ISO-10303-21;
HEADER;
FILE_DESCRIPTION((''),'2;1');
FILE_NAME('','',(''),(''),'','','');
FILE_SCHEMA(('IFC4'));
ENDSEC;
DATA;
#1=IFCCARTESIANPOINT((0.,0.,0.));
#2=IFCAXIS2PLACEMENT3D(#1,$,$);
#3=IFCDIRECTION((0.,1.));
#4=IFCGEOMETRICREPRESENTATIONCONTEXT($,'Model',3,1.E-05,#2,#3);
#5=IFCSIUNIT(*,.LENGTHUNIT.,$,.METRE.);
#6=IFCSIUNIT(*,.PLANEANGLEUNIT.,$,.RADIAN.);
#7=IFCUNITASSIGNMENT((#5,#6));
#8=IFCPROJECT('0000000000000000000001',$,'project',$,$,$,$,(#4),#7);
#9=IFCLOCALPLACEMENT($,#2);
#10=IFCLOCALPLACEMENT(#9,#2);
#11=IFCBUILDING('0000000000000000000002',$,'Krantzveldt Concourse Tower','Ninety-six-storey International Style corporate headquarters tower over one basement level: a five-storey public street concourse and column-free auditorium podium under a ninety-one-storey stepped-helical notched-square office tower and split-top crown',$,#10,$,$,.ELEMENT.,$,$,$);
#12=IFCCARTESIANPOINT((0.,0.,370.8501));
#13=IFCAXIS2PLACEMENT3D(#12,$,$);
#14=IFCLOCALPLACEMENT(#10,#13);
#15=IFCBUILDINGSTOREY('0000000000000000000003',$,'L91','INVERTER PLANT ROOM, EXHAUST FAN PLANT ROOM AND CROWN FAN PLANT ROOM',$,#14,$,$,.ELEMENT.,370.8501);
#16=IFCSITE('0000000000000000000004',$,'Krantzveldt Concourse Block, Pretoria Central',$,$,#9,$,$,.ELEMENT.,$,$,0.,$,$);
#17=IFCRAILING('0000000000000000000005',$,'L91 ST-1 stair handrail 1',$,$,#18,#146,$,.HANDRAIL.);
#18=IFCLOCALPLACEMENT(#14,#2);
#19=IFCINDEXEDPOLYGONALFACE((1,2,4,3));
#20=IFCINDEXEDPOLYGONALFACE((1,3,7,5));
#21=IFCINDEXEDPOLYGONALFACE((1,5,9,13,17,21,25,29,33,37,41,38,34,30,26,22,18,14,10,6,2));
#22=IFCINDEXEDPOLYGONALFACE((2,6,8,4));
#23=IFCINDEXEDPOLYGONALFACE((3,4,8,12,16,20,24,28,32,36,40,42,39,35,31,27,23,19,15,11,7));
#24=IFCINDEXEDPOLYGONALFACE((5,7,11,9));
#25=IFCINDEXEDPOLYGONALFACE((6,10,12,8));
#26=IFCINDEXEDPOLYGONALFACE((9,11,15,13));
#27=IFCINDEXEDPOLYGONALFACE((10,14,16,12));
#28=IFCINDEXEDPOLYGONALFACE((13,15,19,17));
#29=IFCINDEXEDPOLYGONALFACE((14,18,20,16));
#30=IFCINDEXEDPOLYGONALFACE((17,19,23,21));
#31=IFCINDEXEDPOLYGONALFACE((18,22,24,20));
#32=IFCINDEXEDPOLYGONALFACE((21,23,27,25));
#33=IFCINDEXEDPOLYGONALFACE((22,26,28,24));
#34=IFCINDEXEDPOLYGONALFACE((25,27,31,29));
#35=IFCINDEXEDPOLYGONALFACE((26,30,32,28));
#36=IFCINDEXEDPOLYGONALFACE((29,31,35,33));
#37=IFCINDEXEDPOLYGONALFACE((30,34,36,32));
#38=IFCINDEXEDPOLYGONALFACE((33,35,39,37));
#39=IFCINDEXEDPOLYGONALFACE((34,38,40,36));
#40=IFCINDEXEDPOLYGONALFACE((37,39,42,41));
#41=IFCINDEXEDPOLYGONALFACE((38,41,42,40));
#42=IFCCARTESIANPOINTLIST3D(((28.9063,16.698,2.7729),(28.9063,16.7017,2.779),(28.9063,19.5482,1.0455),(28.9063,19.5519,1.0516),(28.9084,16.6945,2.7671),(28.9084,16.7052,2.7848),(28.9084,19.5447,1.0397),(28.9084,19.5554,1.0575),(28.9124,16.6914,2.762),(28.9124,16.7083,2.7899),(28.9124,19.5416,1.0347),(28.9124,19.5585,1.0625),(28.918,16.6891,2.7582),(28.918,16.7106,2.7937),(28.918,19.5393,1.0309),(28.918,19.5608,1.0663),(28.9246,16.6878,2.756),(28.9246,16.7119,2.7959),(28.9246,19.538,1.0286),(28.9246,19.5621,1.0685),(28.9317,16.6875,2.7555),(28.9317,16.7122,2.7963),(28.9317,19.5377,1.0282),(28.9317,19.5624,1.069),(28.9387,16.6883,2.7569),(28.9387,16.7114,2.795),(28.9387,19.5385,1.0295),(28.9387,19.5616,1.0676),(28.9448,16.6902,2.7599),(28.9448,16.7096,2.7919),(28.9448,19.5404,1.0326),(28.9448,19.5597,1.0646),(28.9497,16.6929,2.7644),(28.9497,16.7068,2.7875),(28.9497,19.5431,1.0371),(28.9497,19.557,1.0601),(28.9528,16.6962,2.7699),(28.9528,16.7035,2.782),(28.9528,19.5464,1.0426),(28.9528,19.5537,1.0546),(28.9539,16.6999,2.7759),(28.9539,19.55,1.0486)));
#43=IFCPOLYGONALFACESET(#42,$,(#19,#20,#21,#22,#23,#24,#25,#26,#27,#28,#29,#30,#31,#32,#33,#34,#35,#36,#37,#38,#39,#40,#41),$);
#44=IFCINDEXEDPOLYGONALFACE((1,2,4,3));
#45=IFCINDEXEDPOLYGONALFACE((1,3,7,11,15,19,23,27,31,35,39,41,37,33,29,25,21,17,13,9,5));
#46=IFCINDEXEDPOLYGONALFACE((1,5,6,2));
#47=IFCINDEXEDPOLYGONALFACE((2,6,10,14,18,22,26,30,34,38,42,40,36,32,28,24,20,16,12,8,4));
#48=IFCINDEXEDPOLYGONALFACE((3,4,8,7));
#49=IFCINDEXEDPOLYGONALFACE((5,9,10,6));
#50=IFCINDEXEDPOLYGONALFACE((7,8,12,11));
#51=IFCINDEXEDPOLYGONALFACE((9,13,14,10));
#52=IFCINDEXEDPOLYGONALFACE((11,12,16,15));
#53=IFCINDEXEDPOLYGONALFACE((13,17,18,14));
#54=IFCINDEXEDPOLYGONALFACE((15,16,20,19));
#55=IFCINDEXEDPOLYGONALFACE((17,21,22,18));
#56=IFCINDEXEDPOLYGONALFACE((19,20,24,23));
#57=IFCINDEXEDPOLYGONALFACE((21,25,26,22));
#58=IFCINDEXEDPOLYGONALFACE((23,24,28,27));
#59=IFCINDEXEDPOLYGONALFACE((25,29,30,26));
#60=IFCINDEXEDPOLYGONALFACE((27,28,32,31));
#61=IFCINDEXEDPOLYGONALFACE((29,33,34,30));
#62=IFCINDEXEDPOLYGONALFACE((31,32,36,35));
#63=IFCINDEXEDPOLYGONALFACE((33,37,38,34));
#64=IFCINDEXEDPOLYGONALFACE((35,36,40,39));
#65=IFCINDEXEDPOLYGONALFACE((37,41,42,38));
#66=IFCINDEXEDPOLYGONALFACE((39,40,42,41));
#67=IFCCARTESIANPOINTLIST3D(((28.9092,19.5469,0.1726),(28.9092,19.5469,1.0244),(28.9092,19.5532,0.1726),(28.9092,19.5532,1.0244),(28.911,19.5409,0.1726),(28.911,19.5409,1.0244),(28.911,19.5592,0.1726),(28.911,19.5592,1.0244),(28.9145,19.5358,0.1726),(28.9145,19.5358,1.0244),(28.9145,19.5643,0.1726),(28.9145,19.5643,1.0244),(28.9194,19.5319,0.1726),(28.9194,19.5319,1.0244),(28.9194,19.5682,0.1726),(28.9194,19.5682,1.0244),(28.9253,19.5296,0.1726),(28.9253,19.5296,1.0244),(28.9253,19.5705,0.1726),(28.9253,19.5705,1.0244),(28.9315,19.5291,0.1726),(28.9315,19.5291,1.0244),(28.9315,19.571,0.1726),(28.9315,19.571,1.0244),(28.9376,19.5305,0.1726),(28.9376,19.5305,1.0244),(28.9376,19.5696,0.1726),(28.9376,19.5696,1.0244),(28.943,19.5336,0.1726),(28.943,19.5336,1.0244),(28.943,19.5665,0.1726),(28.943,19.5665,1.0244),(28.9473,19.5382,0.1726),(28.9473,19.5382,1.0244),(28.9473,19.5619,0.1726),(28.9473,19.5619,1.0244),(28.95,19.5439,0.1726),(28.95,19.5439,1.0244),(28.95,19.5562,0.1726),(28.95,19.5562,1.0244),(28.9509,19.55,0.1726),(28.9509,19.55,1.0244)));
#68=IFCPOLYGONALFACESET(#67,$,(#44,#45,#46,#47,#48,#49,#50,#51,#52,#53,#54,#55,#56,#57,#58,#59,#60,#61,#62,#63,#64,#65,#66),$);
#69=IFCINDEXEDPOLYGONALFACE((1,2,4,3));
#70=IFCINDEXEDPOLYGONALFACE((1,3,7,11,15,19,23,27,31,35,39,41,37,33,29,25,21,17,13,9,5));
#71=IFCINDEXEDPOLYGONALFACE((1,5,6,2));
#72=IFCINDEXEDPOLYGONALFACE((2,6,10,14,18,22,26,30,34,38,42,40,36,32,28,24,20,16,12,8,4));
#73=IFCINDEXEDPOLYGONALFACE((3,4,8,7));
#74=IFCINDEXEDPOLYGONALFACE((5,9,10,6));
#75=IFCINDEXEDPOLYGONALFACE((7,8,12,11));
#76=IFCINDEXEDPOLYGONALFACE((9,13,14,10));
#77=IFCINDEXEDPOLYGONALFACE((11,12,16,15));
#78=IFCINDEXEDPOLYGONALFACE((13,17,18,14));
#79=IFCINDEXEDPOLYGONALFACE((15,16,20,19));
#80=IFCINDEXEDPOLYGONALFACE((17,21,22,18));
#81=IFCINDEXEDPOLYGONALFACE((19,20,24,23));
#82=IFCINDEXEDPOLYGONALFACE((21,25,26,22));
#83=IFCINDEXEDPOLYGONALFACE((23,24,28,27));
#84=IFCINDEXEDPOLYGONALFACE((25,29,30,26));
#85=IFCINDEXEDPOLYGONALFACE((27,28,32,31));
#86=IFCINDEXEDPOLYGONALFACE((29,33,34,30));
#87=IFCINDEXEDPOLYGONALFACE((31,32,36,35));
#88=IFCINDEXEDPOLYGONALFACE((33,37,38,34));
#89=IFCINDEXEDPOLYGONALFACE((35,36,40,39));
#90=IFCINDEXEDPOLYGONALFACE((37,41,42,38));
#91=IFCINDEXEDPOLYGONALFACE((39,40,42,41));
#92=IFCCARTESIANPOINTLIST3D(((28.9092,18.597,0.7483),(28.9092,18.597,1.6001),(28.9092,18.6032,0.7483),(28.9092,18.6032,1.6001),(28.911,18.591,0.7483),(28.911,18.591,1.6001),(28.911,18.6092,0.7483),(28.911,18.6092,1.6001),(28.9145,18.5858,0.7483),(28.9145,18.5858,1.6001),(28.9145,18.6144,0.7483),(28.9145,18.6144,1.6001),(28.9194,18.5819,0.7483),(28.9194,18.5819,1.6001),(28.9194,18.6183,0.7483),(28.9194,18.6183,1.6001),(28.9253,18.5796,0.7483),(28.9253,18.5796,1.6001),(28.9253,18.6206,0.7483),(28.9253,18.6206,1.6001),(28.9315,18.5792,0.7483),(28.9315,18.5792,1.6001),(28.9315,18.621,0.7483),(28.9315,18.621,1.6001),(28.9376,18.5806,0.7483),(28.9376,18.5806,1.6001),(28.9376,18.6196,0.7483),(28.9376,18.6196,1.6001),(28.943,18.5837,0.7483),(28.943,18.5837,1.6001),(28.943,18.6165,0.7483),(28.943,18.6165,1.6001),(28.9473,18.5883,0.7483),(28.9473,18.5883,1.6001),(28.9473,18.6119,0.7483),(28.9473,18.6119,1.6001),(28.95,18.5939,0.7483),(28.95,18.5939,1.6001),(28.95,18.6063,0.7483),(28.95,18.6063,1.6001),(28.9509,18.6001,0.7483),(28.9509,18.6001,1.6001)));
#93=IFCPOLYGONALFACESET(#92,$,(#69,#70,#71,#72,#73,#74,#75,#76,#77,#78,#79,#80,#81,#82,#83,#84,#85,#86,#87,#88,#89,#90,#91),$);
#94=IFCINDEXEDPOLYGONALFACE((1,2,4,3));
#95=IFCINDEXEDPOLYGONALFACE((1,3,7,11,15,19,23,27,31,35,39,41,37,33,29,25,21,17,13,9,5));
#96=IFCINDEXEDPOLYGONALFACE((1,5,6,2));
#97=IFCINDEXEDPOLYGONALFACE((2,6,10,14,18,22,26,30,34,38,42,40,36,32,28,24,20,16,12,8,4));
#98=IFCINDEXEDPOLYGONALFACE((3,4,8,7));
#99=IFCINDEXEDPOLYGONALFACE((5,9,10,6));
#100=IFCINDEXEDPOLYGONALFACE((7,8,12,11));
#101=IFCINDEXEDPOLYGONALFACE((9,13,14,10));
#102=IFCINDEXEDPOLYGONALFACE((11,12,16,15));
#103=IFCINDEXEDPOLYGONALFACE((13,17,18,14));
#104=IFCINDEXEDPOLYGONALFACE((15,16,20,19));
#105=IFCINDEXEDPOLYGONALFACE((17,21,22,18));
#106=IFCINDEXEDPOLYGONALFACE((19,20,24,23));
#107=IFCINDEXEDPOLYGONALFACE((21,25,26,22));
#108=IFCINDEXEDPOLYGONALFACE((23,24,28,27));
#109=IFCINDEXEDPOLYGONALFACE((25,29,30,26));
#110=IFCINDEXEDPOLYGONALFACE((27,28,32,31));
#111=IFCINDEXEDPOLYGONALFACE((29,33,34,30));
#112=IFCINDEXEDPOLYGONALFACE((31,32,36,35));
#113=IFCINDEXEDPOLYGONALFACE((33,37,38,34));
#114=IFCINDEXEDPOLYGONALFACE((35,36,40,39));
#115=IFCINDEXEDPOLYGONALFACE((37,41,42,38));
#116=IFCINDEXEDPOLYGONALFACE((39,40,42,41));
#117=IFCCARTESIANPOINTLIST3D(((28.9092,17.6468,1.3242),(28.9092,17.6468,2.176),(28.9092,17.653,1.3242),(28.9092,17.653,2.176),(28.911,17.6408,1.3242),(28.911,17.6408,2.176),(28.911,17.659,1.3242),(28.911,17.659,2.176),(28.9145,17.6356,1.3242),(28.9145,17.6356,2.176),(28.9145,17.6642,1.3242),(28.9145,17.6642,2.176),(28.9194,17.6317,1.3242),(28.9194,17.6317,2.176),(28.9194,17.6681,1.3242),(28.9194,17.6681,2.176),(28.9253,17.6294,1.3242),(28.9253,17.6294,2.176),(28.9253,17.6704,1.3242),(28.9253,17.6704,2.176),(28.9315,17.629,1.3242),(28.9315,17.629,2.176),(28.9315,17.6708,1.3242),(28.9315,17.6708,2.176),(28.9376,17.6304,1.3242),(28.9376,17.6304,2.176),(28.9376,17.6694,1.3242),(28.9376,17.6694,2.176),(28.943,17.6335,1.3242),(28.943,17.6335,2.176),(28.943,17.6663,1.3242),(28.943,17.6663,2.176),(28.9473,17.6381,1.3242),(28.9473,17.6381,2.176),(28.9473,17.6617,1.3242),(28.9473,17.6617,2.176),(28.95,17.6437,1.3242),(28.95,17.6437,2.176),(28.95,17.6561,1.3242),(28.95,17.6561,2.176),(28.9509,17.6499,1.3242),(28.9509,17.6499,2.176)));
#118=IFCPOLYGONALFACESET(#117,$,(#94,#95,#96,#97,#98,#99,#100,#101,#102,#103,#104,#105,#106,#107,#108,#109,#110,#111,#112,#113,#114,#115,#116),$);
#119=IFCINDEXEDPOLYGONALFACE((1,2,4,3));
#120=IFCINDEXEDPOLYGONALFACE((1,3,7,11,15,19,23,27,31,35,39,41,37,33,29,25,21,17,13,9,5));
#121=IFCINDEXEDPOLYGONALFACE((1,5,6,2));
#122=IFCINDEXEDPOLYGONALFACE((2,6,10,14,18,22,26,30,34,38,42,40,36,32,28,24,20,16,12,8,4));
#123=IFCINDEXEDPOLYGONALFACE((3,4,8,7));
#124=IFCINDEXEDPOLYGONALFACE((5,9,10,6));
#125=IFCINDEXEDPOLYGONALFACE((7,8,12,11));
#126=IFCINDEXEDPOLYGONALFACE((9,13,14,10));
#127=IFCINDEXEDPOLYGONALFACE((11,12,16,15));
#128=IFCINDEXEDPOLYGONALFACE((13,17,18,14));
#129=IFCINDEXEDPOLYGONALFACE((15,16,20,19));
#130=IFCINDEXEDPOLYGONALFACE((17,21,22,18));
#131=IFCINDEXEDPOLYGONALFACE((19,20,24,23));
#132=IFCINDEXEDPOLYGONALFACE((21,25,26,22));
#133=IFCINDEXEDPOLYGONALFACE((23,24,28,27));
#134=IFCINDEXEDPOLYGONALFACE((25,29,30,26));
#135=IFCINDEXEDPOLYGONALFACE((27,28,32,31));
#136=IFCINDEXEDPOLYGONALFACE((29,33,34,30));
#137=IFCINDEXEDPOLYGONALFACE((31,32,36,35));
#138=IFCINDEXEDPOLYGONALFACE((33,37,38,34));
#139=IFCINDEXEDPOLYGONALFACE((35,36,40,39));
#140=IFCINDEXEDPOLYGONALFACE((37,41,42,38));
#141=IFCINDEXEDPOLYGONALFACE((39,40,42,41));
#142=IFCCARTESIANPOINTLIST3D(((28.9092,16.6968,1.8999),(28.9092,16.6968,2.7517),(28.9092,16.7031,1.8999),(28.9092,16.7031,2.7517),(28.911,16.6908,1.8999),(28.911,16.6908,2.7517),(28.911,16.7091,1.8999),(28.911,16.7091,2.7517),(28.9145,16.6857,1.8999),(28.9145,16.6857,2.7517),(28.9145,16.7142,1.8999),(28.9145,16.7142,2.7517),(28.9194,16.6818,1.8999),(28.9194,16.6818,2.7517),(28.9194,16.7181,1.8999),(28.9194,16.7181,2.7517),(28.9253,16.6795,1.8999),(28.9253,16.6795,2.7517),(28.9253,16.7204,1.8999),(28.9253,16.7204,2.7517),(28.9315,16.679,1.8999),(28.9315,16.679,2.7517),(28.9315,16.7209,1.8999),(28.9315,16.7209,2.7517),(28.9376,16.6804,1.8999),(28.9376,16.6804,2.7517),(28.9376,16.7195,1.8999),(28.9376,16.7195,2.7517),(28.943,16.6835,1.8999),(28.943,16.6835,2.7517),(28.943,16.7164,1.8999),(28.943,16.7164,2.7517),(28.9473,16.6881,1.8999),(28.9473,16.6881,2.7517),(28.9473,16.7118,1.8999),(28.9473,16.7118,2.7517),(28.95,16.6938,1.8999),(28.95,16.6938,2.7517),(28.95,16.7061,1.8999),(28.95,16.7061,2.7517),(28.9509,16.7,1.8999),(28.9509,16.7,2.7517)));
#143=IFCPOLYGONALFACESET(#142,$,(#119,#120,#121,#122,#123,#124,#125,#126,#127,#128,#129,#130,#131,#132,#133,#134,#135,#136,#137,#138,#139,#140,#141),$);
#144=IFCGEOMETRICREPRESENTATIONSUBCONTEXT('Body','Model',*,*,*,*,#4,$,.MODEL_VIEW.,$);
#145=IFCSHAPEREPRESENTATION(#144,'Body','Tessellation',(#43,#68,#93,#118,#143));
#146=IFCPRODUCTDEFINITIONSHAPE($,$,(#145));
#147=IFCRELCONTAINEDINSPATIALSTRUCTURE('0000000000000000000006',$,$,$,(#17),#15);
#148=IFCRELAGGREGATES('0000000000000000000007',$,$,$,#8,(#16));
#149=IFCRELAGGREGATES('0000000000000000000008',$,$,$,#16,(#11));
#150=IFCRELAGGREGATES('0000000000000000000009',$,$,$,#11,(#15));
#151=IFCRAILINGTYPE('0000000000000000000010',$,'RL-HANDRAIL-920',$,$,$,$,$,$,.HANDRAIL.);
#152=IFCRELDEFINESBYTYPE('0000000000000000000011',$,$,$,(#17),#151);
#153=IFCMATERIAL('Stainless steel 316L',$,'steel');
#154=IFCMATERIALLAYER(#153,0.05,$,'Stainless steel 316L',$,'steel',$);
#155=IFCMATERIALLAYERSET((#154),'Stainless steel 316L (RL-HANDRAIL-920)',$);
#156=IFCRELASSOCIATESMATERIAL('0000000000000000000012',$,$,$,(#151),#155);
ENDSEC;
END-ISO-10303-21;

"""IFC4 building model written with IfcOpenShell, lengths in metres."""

from ifc_helpers import new_model, si_unit, direction, frame, origin, origin_2d, place, context, subcontext, project, spatial, circle, extrude, material, layer, layer_set, type_object, element, save


model = new_model("IFC4")

# Units and contexts
model_context = context("Model", 3, precision=1e-05, world=origin(), true_north=direction((0.0, 1.0)))
body_context = subcontext(model_context, "Body", "Model", "MODEL_VIEW")
ifc_project = project(units=[si_unit("LENGTHUNIT", "METRE"), si_unit("PLANEANGLEUNIT", "RADIAN")], contexts=[model_context])

# Site, building, storey
site_placement = place(None, origin())
site = spatial("IfcSite", under=ifc_project, at=site_placement, Name="Krantzveldt Concourse Block, Pretoria Central", CompositionType="ELEMENT", RefElevation=0.0)
building_placement = place(site_placement, origin())
building = spatial("IfcBuilding", under=site, at=building_placement, Name="Krantzveldt Concourse Tower", Description="Ninety-six-storey International Style corporate headquarters tower over one basement level: a five-storey public street concourse and column-free auditorium podium under a ninety-one-storey stepped-helical notched-square office tower and split-top crown", CompositionType="ELEMENT")
storey_placement = place(building_placement, frame((0.0, 0.0, 370.8501)))
storey = spatial("IfcBuildingStorey", under=building, at=storey_placement, Name="L91", Description="INVERTER PLANT ROOM, EXHAUST FAN PLANT ROOM AND CROWN FAN PLANT ROOM", CompositionType="ELEMENT", Elevation=370.8501)

# Shared definitions
ifc_material_1 = material(Name="Stainless steel 316L", Category="steel")

# Railing
ifc_layer_1 = layer(ifc_material_1, 0.05, Name="Stainless steel 316L", Category="steel")
ifc_layer_set_1 = layer_set([ifc_layer_1], Name="Stainless steel 316L (RL-HANDRAIL-920)")
railing_type_1 = type_object("IfcRailingType", Name="RL-HANDRAIL-920", PredefinedType="HANDRAIL", material=ifc_layer_set_1)
railing_1_placement = place(storey_placement, frame((28.9299, 19.55, 0.1726)))
element("IfcRailing", 1, at=railing_1_placement, inside=storey, type_object=railing_type_1, Name="L91 ST-1 stair handrail 1", PredefinedType="HANDRAIL", context=body_context, shape_type="SweptSolid", body=[
    extrude(circle(Radius=0.0239, at=origin_2d()), frame((0.0, 0.0, 0.876), z_axis=(0.0, -0.855203, 0.518294), x_axis=(1.0, 0.0, 0.0)), (0.0, 0.0, 1.0), 3.3328),
    extrude(circle(Radius=0.021, at=origin_2d()), origin(), (0.0, 0.0, 1.0), 0.8518),
    extrude(circle(Radius=0.021, at=origin_2d()), frame((0.0, -0.95, 0.5757)), (0.0, 0.0, 1.0), 0.8518),
    extrude(circle(Radius=0.021, at=origin_2d()), frame((0.0, -1.9001, 1.1516)), (0.0, 0.0, 1.0), 0.8518),
    extrude(circle(Radius=0.021, at=origin_2d()), frame((0.0, -2.8501, 1.7273)), (0.0, 0.0, 1.0), 0.8518),
])

save(model, "model.ifc")
